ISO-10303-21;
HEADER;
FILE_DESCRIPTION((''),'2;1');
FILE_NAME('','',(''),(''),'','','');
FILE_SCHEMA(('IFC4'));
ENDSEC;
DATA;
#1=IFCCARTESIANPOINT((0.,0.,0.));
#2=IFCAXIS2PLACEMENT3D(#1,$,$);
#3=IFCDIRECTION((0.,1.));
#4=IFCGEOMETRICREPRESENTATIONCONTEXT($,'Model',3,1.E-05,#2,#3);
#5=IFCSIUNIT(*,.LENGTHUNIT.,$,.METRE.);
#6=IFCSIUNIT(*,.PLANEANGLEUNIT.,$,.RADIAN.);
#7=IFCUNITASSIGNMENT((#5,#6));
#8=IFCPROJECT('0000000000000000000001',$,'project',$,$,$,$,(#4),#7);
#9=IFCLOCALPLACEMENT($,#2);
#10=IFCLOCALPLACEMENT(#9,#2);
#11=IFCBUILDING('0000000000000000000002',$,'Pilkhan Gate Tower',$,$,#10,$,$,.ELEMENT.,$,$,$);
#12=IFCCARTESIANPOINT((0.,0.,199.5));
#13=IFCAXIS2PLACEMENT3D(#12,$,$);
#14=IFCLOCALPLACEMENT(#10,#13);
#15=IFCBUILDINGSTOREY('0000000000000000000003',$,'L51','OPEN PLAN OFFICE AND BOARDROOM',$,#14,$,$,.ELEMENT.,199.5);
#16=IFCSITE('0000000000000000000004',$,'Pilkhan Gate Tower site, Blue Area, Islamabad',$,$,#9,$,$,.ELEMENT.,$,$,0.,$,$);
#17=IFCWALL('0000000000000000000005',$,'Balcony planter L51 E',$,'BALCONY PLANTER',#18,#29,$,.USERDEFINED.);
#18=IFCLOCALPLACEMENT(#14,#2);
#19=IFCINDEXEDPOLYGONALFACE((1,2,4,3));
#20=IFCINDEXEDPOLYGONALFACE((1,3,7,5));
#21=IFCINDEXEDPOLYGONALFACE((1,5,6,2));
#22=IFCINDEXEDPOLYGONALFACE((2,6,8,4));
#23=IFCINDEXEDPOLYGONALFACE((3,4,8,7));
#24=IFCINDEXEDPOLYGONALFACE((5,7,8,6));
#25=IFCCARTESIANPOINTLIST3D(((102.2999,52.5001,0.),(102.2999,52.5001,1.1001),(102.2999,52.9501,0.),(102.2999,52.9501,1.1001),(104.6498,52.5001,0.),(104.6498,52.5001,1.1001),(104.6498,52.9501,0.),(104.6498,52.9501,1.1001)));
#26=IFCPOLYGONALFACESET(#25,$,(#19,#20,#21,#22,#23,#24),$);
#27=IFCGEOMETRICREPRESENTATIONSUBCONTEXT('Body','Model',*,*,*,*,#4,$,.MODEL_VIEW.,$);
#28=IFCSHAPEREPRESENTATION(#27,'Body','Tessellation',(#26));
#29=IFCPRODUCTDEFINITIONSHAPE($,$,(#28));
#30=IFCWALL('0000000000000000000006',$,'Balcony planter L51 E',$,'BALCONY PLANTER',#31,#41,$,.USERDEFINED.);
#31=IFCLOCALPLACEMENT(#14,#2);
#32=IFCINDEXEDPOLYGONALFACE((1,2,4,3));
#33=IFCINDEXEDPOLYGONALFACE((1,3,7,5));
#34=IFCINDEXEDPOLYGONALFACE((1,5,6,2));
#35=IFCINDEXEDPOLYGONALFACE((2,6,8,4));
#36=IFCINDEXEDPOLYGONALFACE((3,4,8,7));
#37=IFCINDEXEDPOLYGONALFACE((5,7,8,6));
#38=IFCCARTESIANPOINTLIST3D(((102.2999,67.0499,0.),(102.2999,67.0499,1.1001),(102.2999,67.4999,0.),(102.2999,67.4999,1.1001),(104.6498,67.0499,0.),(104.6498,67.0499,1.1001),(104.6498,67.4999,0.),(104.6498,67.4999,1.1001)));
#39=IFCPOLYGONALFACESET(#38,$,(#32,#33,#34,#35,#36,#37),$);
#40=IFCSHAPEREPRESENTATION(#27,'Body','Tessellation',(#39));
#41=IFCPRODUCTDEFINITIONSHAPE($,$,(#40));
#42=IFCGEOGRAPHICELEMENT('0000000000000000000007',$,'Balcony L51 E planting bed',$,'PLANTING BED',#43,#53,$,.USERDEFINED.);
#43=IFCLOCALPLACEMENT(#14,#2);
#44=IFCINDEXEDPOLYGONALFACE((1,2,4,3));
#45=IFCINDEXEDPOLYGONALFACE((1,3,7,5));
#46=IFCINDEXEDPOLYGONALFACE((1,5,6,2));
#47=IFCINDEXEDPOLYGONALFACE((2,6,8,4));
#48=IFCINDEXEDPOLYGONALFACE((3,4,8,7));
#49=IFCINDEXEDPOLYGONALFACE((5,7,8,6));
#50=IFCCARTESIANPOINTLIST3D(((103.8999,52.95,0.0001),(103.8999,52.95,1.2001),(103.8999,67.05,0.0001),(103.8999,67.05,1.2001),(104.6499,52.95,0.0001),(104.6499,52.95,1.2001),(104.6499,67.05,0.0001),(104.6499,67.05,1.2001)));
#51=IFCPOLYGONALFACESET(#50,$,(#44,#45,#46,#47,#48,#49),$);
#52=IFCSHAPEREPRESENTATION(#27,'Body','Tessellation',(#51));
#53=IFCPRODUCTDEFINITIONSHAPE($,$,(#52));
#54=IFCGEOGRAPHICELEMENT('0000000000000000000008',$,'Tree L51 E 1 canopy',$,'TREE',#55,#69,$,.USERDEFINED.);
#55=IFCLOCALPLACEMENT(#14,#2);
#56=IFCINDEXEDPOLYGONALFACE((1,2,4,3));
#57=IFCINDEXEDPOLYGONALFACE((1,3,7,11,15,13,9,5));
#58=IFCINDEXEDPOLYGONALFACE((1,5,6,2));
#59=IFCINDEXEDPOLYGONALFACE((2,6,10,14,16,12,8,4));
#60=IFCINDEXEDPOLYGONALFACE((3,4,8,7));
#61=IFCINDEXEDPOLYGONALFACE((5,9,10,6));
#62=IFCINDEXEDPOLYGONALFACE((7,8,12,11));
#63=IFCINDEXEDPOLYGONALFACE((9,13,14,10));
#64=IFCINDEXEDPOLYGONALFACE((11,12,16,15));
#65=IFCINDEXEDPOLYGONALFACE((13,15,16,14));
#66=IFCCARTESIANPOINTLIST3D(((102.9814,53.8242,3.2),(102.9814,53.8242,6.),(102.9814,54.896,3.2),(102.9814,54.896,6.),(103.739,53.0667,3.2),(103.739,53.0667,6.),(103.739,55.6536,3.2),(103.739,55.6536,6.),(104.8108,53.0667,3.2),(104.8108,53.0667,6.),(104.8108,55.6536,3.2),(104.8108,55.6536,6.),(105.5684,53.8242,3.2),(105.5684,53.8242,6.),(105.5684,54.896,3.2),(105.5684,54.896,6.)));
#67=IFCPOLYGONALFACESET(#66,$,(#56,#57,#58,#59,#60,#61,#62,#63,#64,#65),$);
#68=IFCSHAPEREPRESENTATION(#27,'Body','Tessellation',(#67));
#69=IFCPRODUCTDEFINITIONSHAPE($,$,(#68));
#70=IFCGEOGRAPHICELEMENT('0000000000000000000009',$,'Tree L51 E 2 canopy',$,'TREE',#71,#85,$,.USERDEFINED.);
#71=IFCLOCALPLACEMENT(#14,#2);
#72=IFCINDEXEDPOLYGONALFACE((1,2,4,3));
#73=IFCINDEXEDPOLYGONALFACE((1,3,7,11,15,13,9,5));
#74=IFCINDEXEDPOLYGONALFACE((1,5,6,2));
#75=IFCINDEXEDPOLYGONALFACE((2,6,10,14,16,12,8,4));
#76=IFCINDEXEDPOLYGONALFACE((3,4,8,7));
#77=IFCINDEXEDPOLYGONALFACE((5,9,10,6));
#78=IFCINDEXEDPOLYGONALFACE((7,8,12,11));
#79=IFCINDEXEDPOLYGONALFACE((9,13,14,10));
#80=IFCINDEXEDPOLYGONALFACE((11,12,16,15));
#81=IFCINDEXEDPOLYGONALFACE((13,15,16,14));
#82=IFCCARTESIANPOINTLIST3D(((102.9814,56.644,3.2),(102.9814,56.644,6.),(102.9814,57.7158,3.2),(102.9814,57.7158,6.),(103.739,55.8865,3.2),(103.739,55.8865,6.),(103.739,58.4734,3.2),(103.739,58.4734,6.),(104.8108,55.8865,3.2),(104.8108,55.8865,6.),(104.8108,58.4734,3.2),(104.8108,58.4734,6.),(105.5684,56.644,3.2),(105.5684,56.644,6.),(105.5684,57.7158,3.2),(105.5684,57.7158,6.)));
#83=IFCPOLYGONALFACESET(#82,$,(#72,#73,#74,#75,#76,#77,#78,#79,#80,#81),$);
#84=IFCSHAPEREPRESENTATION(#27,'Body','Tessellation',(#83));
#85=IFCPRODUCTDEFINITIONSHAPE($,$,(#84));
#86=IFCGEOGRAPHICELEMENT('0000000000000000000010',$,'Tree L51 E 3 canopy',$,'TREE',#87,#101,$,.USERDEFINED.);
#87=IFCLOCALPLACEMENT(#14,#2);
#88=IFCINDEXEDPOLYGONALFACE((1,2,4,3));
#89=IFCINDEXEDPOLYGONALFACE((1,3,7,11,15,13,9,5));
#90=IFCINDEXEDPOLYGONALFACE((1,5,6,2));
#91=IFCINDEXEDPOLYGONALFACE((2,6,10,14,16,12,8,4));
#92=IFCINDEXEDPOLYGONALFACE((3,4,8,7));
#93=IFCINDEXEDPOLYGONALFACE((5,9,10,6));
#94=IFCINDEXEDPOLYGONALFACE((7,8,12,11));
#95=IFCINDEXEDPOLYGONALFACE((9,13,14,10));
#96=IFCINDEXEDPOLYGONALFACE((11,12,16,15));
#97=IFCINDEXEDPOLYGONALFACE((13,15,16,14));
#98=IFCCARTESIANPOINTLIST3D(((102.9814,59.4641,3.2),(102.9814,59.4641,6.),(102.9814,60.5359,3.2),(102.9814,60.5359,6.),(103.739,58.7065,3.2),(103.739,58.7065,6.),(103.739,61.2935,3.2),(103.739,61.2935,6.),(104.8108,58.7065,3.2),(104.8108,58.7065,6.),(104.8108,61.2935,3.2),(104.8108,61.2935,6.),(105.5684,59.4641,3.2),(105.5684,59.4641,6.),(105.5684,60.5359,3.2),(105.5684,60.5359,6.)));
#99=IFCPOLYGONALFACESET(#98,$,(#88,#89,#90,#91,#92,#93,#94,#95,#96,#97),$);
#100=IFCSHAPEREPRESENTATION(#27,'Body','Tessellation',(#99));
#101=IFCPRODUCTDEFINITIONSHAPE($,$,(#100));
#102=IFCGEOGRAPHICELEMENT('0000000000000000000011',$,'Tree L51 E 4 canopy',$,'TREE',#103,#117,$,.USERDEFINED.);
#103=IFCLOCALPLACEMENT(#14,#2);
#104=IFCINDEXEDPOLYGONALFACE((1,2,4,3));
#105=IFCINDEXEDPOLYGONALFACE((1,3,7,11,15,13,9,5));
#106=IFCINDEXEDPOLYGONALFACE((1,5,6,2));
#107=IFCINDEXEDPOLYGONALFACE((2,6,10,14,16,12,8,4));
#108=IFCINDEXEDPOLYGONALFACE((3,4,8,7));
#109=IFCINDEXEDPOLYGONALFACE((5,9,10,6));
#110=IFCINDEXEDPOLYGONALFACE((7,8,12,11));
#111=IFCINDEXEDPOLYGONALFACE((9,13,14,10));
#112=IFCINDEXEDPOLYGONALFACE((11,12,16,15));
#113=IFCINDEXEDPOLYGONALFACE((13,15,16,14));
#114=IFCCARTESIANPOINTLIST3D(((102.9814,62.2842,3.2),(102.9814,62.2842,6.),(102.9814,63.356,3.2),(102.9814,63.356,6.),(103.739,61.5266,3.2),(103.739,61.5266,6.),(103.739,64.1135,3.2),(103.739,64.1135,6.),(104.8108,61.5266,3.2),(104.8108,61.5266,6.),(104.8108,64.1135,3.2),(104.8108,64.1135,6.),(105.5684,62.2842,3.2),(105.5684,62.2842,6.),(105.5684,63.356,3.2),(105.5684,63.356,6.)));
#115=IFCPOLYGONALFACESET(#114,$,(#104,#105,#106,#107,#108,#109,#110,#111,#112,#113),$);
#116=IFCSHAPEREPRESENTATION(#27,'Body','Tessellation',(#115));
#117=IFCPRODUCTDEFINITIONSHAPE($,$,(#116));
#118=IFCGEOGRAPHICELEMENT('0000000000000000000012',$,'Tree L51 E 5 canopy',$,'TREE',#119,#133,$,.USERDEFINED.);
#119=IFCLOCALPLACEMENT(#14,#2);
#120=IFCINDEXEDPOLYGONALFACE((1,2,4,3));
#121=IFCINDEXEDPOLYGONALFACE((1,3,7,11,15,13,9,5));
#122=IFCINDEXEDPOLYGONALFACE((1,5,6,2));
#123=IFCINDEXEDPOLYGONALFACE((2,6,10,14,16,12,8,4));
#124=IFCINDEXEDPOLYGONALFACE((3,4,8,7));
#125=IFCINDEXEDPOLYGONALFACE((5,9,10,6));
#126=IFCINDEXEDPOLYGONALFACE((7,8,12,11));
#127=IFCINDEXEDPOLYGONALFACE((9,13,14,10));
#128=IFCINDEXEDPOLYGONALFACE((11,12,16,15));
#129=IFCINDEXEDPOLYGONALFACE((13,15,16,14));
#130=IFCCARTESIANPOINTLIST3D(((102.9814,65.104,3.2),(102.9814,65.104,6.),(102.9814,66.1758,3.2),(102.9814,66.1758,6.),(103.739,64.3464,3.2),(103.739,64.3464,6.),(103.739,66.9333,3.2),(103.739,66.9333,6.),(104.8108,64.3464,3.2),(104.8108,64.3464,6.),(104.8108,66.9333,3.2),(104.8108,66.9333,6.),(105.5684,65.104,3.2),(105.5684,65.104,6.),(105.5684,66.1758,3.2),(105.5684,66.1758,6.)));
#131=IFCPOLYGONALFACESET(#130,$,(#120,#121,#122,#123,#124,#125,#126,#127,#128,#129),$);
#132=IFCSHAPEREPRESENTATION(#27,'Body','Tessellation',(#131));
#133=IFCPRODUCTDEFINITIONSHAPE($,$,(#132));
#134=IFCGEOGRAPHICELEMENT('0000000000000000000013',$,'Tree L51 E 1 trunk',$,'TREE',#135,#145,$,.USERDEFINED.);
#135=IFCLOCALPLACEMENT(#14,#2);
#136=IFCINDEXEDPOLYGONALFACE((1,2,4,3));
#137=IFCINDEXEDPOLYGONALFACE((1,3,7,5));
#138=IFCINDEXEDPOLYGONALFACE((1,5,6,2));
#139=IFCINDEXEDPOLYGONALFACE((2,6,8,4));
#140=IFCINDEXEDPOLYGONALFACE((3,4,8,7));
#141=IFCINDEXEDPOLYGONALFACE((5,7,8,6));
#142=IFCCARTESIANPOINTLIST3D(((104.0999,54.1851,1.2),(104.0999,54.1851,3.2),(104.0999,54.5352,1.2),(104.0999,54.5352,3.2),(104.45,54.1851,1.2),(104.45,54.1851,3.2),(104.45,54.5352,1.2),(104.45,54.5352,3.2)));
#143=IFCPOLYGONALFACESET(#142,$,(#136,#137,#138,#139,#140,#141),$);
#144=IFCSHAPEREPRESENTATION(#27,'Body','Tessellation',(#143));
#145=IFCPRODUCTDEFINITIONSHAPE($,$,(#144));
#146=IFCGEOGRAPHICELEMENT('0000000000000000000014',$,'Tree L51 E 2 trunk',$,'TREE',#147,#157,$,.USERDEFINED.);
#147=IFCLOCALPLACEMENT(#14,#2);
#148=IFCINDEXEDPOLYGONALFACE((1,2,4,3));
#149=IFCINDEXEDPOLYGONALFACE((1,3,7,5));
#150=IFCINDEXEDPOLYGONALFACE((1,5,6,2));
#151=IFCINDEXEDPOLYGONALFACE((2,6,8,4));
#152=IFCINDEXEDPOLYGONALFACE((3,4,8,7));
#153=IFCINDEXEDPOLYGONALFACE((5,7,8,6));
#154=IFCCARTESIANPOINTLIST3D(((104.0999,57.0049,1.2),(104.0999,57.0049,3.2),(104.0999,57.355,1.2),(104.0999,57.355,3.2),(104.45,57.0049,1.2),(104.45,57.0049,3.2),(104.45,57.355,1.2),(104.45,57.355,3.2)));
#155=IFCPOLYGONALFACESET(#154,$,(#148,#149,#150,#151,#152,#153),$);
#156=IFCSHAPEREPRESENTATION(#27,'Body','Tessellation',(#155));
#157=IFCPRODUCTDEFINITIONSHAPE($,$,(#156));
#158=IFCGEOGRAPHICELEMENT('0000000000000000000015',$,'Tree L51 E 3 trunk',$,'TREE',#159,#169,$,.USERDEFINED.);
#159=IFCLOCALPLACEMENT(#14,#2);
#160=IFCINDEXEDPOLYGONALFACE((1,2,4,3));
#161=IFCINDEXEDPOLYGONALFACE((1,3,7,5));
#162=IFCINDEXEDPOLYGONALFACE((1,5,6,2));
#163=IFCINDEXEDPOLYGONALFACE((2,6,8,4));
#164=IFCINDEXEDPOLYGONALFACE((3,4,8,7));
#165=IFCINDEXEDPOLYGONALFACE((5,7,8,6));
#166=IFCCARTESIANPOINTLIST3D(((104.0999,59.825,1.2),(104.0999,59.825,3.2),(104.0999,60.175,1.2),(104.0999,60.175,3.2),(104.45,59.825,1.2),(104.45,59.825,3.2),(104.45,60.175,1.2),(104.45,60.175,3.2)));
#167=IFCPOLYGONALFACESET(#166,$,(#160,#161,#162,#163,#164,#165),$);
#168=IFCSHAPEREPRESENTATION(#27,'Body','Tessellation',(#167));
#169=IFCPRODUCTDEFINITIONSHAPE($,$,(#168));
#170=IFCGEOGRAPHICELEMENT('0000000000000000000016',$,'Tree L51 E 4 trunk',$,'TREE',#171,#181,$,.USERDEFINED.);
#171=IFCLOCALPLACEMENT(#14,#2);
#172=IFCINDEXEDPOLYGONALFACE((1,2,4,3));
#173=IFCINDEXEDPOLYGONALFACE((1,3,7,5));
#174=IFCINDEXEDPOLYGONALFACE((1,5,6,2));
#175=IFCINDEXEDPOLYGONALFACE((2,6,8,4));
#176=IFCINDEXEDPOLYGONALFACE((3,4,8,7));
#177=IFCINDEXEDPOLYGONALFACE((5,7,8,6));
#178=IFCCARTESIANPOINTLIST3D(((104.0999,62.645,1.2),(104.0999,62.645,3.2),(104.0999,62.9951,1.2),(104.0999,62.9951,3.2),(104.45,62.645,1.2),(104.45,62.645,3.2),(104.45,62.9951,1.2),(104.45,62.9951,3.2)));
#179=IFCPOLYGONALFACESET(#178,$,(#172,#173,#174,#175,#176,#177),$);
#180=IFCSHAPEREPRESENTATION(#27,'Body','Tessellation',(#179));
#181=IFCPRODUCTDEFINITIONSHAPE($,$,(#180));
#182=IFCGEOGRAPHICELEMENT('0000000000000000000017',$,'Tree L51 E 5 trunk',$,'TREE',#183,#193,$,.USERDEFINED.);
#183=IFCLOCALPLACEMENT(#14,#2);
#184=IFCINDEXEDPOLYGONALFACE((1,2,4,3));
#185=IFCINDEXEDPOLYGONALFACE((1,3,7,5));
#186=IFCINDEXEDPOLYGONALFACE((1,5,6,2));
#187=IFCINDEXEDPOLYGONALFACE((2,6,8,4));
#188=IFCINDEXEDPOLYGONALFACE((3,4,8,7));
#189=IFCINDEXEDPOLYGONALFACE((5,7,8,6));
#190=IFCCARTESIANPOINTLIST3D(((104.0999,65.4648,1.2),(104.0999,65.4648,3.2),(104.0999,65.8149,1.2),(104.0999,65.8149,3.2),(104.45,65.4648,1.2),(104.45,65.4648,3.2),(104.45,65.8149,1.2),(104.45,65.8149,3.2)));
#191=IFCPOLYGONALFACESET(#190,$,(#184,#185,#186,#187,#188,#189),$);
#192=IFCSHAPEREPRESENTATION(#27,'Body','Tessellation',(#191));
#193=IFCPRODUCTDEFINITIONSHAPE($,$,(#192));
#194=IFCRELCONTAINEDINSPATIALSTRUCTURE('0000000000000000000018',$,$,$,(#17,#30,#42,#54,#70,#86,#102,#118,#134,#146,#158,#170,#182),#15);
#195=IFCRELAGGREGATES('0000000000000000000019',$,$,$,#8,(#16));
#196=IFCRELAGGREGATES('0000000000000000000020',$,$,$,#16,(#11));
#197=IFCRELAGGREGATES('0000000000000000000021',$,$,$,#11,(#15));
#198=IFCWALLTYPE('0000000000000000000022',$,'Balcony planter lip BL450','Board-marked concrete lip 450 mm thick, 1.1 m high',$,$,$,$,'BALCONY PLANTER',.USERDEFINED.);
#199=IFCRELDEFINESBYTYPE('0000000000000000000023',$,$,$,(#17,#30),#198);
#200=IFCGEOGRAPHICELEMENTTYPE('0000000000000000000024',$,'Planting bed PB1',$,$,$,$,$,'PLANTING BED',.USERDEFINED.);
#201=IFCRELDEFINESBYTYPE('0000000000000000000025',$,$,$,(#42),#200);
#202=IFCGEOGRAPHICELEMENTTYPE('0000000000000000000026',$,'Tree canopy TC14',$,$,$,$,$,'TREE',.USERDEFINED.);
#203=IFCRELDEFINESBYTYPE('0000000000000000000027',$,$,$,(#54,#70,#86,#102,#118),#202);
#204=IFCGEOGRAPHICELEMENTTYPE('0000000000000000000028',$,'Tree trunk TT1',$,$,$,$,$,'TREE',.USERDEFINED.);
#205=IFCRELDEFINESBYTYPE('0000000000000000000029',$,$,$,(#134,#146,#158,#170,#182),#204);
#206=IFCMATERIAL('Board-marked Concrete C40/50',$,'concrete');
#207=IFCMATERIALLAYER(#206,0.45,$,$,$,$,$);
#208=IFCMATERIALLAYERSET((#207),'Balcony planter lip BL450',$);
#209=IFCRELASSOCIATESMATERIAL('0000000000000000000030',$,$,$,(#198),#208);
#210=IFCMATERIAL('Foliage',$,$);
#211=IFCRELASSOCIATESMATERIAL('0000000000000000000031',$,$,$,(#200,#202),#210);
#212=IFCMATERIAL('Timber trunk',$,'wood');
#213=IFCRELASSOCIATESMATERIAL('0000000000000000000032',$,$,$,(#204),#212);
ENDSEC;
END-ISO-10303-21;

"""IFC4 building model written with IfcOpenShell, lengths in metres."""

from ifc_helpers import new_model, si_unit, direction, frame, frame_2d, origin, origin_2d, place, context, subcontext, project, spatial, polyline, rectangle, outline, extrude, material, layer, layer_set, material_profile, profile_set, type_object, element, save


model = new_model("IFC4")

# Units and contexts
model_context = context("Model", 3, precision=1e-05, world=origin(), true_north=direction((0.0, 1.0)))
body_context = subcontext(model_context, "Body", "Model", "MODEL_VIEW")
ifc_project = project(units=[si_unit("LENGTHUNIT", "METRE"), si_unit("PLANEANGLEUNIT", "RADIAN")], contexts=[model_context])

# Site, building, storey
site_placement = place(None, origin())
site = spatial("IfcSite", under=ifc_project, at=site_placement, Name="Pilkhan Gate Tower site, Blue Area, Islamabad", CompositionType="ELEMENT", RefElevation=0.0)
building_placement = place(site_placement, origin())
building = spatial("IfcBuilding", under=site, at=building_placement, Name="Pilkhan Gate Tower", CompositionType="ELEMENT")
storey_placement = place(building_placement, frame((0.0, 0.0, 199.5)))
storey = spatial("IfcBuildingStorey", under=building, at=storey_placement, Name="L51", Description="OPEN PLAN OFFICE AND BOARDROOM", CompositionType="ELEMENT", Elevation=199.5)

# Walls
ifc_material_1 = material(Name="Board-marked Concrete C40/50", Category="concrete")
ifc_layer_1 = layer(ifc_material_1, 0.45)
ifc_layer_set_1 = layer_set([ifc_layer_1], Name="Balcony planter lip BL450")
wall_type_1 = type_object("IfcWallType", Name="Balcony planter lip BL450", Description="Board-marked concrete lip 450 mm thick, 1.1 m high", ElementType="BALCONY PLANTER", PredefinedType="USERDEFINED", material=ifc_layer_set_1)
for number, where, z_axis, x_axis, name in (
    (1, (102.3, 52.7251, 0.0), (0.0, 0.0, 1.0), (1.0, 0.0, 0.0), "Balcony planter L51 E"),
    (2, (102.3, 67.2749, 0.0), (0.0, 0.0, 1.0), (1.0, 0.0, 0.0), "Balcony planter L51 E"),
):
    element("IfcWall", number, at=place(storey_placement, frame(where, z_axis=z_axis, x_axis=x_axis)), inside=storey, type_object=wall_type_1, Name=name, ObjectType="BALCONY PLANTER", PredefinedType="USERDEFINED", context=body_context, shape_type="SweptSolid", body=[
        extrude(rectangle(XDim=2.3499, YDim=0.45, at=frame_2d((1.1748, 0.0))), origin(), (0.0, 0.0, 1.0), 1.1001),
    ])

# Geographic elements
ifc_material_2 = material(Name="Foliage")
ifc_material_profile_1 = material_profile(ifc_material_2, rectangle(XDim=0.75, YDim=1.2, at=origin_2d()), Name="Bed 750x1200")
ifc_profile_set_1 = profile_set([ifc_material_profile_1], Name="Foliage")
geographic_element_type_1 = type_object("IfcGeographicElementType", Name="Planting bed PB1", ElementType="PLANTING BED", PredefinedType="USERDEFINED", material=ifc_profile_set_1)
geographic_element_placement = place(storey_placement, frame((104.2749, 52.95, 0.6001), z_axis=(0.0, 1.0, 0.0), x_axis=(-1.0, 0.0, 0.0)))
element("IfcGeographicElement", 3, at=geographic_element_placement, inside=storey, type_object=geographic_element_type_1, Name="Balcony L51 E planting bed", ObjectType="PLANTING BED", PredefinedType="USERDEFINED", context=body_context, shape_type="SweptSolid", body=[
    extrude(rectangle(XDim=0.75, YDim=1.2, at=origin_2d()), origin(), (0.0, 0.0, 1.0), 14.1001),
])
ifc_material_profile_2 = material_profile(ifc_material_2, outline(polyline([(1.2935, 0.5359), (0.5359, 1.2935), (-0.5359, 1.2935), (-1.2935, 0.5359), (-1.2935, -0.5359), (-0.5359, -1.2935), (0.5359, -1.2935), (1.2935, -0.5359), (1.2935, 0.5359)])), Name="Canopy D2.8")
ifc_profile_set_2 = profile_set([ifc_material_profile_2], Name="Foliage")
geographic_element_type_2 = type_object("IfcGeographicElementType", Name="Tree canopy TC14", ElementType="TREE", PredefinedType="USERDEFINED", material=ifc_profile_set_2)
for number, where, z_axis, x_axis, name in (
    (4, (104.2749, 54.3601, 3.2), (0.0, 0.0, 1.0), (1.0, 0.0, 0.0), "Tree L51 E 1 canopy"),
    (5, (104.2749, 57.1799, 3.2), (0.0, 0.0, 1.0), (1.0, 0.0, 0.0), "Tree L51 E 2 canopy"),
    (6, (104.2749, 60.0, 3.2), (0.0, 0.0, 1.0), (1.0, 0.0, 0.0), "Tree L51 E 3 canopy"),
    (7, (104.2749, 62.8201, 3.2), (0.0, 0.0, 1.0), (1.0, 0.0, 0.0), "Tree L51 E 4 canopy"),
    (8, (104.2749, 65.6399, 3.2), (0.0, 0.0, 1.0), (1.0, 0.0, 0.0), "Tree L51 E 5 canopy"),
):
    element("IfcGeographicElement", number, at=place(storey_placement, frame(where, z_axis=z_axis, x_axis=x_axis)), inside=storey, type_object=geographic_element_type_2, Name=name, ObjectType="TREE", PredefinedType="USERDEFINED", context=body_context, shape_type="SweptSolid", body=[
        extrude(outline(polyline([(1.2935, 0.5359), (0.5359, 1.2935), (-0.5359, 1.2935), (-1.2935, 0.5359), (-1.2935, -0.5359), (-0.5359, -1.2935), (0.5359, -1.2935), (1.2935, -0.5359), (1.2935, 0.5359)])), origin(), (0.0, 0.0, 1.0), 2.8),
    ])
ifc_material_3 = material(Name="Timber trunk", Category="wood")
geographic_element_type_3 = type_object("IfcGeographicElementType", Name="Tree trunk TT1", ElementType="TREE", PredefinedType="USERDEFINED", material=ifc_material_3)
for number, where, z_axis, x_axis, name in (
    (9, (104.2749, 54.3601, 1.2), (0.0, 0.0, 1.0), (1.0, 0.0, 0.0), "Tree L51 E 1 trunk"),
    (10, (104.2749, 57.1799, 1.2), (0.0, 0.0, 1.0), (1.0, 0.0, 0.0), "Tree L51 E 2 trunk"),
    (11, (104.2749, 60.0, 1.2), (0.0, 0.0, 1.0), (1.0, 0.0, 0.0), "Tree L51 E 3 trunk"),
    (12, (104.2749, 62.8201, 1.2), (0.0, 0.0, 1.0), (1.0, 0.0, 0.0), "Tree L51 E 4 trunk"),
    (13, (104.2749, 65.6399, 1.2), (0.0, 0.0, 1.0), (1.0, 0.0, 0.0), "Tree L51 E 5 trunk"),
):
    element("IfcGeographicElement", number, at=place(storey_placement, frame(where, z_axis=z_axis, x_axis=x_axis)), inside=storey, type_object=geographic_element_type_3, Name=name, ObjectType="TREE", PredefinedType="USERDEFINED", context=body_context, shape_type="SweptSolid", body=[
        extrude(rectangle(XDim=0.3501, YDim=0.3501, at=origin_2d()), origin(), (0.0, 0.0, 1.0), 2.0),
    ])

save(model, "model.ifc")
